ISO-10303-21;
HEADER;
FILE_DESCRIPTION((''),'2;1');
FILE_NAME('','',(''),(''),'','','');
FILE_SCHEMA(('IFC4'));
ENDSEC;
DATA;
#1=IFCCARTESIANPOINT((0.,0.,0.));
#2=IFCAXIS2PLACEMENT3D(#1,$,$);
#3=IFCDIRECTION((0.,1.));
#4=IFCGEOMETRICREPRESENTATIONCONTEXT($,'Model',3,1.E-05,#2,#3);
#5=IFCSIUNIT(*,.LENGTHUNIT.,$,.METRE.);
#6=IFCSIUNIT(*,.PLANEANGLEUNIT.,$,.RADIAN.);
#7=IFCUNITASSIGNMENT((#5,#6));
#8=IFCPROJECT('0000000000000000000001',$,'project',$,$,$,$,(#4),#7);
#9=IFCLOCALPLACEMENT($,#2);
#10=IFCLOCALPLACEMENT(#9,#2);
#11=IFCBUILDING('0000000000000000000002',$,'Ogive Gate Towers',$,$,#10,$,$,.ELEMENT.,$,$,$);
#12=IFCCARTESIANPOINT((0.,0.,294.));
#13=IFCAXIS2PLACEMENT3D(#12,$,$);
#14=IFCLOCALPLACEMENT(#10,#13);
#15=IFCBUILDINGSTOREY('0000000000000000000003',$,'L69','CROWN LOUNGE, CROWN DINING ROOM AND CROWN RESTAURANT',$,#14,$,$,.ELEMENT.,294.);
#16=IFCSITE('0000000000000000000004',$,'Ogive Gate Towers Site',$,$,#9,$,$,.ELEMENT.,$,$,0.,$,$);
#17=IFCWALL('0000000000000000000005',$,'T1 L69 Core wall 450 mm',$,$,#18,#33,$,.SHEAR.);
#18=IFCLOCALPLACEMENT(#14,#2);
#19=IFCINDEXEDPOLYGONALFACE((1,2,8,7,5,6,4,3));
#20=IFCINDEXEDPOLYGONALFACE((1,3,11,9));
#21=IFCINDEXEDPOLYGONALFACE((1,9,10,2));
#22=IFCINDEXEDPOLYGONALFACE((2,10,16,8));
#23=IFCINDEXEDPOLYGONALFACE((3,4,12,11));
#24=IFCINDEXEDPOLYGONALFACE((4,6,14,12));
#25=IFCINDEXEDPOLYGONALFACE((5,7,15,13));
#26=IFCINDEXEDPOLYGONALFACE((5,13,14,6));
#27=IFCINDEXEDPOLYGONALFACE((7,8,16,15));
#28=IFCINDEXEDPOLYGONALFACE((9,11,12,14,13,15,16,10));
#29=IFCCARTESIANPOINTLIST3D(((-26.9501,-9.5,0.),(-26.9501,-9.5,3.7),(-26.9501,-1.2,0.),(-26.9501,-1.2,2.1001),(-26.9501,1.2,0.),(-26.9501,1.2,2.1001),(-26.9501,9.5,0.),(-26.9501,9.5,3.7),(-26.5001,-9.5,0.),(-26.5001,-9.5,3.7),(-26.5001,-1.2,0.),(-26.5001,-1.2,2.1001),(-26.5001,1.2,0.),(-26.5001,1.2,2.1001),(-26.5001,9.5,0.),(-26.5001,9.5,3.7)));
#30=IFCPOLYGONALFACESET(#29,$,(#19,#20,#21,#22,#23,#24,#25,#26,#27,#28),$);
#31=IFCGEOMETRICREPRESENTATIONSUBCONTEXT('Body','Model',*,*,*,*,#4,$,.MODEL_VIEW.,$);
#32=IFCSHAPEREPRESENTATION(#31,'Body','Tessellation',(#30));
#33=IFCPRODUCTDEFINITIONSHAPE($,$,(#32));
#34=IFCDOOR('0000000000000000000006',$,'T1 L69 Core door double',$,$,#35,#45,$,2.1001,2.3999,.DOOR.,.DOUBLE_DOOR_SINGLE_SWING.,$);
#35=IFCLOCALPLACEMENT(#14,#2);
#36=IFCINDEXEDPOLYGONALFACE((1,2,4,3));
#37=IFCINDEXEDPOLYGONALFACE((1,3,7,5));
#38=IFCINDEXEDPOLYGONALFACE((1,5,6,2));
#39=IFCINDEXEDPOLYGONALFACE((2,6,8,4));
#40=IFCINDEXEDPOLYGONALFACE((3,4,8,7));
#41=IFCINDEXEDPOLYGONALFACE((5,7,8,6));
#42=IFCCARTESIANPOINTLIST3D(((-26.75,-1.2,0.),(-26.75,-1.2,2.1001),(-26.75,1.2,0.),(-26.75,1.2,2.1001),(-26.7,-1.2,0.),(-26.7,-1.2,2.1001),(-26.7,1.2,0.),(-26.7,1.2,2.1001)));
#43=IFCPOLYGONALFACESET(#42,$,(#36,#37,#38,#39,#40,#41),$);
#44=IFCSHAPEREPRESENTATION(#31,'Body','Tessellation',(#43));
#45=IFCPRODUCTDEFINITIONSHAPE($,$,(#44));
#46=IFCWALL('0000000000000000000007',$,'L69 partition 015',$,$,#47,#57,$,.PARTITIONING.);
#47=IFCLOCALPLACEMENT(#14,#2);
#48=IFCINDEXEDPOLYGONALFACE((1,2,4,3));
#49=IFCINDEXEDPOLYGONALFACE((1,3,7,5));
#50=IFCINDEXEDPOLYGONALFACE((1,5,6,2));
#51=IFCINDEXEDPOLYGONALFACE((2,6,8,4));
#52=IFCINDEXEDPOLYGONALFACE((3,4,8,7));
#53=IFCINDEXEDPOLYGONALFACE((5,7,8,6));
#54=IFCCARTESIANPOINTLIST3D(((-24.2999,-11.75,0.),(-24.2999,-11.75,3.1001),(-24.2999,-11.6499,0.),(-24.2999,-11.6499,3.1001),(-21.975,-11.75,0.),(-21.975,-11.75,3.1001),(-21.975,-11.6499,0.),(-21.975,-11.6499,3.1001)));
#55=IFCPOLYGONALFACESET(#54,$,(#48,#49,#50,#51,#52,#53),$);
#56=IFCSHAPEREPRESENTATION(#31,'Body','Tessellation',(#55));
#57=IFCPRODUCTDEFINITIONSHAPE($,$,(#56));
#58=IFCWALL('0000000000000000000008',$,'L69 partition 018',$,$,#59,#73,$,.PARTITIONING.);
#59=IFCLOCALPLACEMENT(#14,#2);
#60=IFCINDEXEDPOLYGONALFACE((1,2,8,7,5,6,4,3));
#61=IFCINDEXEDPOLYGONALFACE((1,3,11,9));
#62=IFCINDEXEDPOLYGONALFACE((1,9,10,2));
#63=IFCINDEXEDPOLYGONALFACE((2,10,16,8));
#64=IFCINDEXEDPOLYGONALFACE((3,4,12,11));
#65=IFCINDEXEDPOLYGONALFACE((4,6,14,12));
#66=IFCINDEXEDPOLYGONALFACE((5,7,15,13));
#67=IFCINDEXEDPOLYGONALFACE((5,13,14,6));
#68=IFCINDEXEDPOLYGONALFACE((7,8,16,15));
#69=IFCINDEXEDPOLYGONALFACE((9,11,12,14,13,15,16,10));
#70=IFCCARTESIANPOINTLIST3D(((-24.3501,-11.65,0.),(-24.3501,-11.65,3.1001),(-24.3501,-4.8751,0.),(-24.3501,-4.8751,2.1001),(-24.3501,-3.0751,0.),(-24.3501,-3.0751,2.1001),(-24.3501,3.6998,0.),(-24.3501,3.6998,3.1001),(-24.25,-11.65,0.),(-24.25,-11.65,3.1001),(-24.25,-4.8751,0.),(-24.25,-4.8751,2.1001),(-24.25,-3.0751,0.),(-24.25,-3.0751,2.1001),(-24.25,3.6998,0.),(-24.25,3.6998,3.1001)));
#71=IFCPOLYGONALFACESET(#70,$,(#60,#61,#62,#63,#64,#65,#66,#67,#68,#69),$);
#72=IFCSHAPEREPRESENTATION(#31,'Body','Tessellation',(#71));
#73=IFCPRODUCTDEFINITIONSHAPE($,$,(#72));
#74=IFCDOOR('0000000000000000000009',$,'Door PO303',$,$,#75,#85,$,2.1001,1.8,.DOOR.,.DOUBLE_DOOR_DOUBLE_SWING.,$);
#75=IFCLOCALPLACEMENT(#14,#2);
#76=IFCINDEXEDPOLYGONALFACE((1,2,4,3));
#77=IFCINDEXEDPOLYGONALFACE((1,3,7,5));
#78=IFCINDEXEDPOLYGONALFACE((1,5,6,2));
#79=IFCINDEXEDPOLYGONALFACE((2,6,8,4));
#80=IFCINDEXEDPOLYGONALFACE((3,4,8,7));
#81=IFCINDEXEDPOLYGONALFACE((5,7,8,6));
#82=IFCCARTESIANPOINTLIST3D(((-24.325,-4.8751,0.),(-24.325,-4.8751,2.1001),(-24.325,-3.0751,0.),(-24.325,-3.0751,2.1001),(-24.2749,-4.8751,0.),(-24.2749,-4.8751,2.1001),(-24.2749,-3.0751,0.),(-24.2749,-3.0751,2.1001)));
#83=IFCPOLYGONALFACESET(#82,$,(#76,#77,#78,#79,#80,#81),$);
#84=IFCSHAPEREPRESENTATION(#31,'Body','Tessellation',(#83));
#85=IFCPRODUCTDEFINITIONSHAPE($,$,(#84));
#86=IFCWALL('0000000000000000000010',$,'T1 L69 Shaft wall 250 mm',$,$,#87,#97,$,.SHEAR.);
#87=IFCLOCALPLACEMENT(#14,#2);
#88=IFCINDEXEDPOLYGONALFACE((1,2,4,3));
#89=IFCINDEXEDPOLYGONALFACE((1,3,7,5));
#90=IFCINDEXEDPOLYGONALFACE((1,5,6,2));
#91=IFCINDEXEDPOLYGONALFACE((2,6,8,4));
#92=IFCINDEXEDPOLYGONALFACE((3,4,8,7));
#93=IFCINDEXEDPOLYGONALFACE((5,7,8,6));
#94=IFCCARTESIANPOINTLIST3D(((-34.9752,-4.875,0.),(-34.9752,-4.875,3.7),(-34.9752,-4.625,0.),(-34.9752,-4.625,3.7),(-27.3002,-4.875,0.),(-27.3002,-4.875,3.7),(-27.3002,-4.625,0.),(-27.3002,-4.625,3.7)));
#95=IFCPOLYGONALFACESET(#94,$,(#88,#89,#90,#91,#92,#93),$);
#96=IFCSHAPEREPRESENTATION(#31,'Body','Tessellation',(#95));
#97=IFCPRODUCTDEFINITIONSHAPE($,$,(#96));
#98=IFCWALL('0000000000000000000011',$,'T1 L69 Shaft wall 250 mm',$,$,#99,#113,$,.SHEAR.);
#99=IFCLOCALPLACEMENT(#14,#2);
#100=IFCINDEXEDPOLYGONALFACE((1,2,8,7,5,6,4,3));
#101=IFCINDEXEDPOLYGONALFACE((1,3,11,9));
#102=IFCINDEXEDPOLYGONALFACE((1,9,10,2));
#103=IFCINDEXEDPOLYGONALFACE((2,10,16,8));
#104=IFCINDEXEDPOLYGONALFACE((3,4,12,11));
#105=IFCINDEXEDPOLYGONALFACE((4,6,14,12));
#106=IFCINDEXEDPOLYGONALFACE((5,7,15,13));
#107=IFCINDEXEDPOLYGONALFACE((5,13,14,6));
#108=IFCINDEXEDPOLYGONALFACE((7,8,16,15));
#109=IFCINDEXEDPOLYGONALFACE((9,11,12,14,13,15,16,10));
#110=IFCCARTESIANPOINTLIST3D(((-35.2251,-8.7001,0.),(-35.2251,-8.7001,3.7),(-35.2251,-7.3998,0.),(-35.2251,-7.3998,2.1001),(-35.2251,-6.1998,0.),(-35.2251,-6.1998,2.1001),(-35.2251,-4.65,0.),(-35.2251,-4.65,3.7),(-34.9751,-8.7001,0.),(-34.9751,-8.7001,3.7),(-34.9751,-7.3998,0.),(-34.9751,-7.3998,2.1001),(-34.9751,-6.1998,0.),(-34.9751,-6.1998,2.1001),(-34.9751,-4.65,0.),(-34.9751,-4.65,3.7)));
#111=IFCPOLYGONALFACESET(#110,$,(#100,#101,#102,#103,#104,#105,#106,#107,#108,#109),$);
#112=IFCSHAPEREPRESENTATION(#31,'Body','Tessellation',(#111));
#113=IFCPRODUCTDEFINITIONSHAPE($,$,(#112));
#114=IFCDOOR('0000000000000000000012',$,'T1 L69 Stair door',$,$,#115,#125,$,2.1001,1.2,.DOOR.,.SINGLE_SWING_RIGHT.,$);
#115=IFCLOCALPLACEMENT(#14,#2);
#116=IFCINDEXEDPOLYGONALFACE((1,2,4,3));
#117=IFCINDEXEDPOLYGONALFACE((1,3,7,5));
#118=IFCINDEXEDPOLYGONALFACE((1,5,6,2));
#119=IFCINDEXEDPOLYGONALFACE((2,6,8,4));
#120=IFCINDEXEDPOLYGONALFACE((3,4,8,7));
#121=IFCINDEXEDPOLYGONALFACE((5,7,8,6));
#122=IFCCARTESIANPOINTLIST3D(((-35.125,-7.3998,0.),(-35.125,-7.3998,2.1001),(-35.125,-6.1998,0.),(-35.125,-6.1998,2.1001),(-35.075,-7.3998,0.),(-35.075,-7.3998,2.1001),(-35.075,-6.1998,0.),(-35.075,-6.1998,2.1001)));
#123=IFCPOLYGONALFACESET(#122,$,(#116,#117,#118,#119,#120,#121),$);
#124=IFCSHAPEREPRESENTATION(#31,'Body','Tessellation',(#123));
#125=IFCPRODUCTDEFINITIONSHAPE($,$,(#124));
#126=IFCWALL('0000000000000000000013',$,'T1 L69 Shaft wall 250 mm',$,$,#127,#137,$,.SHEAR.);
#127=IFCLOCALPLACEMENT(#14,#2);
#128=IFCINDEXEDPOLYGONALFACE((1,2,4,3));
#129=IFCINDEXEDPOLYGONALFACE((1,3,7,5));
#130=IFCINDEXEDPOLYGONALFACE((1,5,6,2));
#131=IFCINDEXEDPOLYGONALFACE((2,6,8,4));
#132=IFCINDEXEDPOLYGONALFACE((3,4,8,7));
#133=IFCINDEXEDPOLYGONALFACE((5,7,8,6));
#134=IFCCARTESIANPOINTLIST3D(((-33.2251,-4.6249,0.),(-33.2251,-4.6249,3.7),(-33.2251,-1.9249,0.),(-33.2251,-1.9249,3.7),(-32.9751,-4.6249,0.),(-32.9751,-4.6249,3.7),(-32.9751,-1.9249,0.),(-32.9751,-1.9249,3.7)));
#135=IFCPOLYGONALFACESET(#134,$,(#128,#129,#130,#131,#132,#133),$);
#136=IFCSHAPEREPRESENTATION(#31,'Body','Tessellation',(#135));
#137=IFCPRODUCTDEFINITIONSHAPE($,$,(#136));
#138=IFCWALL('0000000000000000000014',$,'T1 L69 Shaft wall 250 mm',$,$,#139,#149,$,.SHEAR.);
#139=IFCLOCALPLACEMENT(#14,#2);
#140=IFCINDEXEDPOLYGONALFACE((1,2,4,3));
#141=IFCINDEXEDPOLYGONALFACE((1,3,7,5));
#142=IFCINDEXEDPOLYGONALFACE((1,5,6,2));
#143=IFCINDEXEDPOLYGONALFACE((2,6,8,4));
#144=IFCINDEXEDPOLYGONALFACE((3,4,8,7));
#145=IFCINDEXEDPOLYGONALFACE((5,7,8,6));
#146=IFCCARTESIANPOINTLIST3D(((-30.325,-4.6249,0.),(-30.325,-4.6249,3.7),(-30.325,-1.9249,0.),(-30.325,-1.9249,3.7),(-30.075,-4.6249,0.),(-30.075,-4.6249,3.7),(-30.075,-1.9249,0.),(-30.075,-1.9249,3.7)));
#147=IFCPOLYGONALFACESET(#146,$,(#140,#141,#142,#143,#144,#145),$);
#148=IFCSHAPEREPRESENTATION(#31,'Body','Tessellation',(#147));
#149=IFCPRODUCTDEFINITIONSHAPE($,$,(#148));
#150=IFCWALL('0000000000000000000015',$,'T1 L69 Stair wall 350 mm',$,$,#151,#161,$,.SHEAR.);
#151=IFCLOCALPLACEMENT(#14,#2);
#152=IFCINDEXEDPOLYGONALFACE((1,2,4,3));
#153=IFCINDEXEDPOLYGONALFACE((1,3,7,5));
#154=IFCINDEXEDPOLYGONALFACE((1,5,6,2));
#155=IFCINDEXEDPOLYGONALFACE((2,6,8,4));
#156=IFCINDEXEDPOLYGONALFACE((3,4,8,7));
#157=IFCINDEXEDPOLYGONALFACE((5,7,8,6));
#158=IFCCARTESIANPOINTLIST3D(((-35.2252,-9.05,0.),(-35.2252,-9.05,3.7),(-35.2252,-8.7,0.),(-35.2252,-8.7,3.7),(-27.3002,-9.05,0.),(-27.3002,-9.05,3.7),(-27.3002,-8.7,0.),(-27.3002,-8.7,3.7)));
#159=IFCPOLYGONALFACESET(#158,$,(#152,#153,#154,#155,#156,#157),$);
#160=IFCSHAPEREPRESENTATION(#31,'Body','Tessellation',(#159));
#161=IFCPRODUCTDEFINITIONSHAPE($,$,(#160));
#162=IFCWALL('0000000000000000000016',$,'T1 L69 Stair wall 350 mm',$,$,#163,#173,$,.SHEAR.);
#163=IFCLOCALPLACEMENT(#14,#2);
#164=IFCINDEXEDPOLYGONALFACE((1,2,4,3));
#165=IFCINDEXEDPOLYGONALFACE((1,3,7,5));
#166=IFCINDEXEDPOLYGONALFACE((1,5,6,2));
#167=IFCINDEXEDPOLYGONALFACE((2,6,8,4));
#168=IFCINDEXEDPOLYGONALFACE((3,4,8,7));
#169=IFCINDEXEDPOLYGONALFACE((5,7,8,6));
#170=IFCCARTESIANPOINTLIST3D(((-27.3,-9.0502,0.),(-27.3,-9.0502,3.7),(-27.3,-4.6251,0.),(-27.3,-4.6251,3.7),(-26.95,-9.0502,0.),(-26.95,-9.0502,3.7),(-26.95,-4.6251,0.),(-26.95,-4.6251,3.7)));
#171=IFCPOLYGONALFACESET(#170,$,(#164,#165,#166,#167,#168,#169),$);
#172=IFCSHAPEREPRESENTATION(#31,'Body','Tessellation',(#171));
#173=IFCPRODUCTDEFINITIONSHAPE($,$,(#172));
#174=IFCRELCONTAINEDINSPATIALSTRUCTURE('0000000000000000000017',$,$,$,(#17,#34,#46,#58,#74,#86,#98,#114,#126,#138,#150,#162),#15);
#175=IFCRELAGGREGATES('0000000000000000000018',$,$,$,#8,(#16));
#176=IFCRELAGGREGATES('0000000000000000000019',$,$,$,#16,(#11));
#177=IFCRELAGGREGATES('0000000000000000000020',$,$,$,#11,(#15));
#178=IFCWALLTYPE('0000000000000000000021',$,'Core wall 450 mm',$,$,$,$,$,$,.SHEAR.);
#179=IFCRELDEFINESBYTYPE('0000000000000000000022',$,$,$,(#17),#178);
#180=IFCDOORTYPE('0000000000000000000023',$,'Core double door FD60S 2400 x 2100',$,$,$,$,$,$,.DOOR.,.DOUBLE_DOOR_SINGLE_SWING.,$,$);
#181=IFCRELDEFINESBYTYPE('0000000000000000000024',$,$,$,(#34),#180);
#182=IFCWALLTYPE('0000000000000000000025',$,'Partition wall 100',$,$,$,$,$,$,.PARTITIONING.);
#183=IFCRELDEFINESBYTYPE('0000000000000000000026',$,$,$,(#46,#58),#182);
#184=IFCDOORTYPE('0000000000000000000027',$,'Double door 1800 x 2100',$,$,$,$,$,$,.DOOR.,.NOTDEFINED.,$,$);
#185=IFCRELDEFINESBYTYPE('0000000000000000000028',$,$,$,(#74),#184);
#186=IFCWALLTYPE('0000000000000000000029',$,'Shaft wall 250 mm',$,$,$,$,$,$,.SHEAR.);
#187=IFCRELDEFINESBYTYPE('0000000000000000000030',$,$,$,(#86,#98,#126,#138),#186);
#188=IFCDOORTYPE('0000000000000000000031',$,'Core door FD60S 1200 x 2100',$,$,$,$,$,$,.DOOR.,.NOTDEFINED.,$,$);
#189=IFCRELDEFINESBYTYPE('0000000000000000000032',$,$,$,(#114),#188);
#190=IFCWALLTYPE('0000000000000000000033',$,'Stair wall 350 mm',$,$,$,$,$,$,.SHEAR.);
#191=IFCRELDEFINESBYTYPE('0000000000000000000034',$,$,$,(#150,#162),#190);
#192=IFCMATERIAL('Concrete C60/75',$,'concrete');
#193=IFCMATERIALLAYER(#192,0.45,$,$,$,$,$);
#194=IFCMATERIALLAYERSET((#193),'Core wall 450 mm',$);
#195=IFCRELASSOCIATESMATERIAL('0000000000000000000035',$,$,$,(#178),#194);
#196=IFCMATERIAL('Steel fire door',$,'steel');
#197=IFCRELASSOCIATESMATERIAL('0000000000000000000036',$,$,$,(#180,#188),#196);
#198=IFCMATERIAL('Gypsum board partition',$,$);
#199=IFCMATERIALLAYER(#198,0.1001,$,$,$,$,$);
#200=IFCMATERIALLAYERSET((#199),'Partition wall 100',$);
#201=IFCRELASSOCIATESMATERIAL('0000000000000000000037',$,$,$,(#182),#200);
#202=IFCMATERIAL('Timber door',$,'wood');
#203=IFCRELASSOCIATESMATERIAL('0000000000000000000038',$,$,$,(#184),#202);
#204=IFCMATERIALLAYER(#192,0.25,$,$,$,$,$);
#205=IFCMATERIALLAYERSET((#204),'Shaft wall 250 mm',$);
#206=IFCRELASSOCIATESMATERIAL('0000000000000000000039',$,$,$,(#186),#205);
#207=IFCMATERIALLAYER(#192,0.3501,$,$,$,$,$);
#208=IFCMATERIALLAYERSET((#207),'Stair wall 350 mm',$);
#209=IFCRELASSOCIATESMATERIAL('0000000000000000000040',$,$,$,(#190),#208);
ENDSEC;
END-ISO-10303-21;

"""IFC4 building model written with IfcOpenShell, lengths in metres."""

from ifc_helpers import new_model, si_unit, direction, frame, frame_2d, origin, place, context, subcontext, project, spatial, rectangle, extrude, material, layer, layer_set, type_object, element, fill, save


model = new_model("IFC4")

# Units and contexts
model_context = context("Model", 3, precision=1e-05, world=origin(), true_north=direction((0.0, 1.0)))
body_context = subcontext(model_context, "Body", "Model", "MODEL_VIEW")
ifc_project = project(units=[si_unit("LENGTHUNIT", "METRE"), si_unit("PLANEANGLEUNIT", "RADIAN")], contexts=[model_context])

# Site, building, storey
site_placement = place(None, origin())
site = spatial("IfcSite", under=ifc_project, at=site_placement, Name="Ogive Gate Towers Site", CompositionType="ELEMENT", RefElevation=0.0)
building_placement = place(site_placement, origin())
building = spatial("IfcBuilding", under=site, at=building_placement, Name="Ogive Gate Towers", CompositionType="ELEMENT")
storey_placement = place(building_placement, frame((0.0, 0.0, 294.0)))
storey = spatial("IfcBuildingStorey", under=building, at=storey_placement, Name="L69", Description="CROWN LOUNGE, CROWN DINING ROOM AND CROWN RESTAURANT", CompositionType="ELEMENT", Elevation=294.0)

# Wall, opening, door
ifc_material_1 = material(Name="Concrete C60/75", Category="concrete")
ifc_layer_1 = layer(ifc_material_1, 0.45)
ifc_layer_set_1 = layer_set([ifc_layer_1], Name="Core wall 450 mm")
wall_type_1 = type_object("IfcWallType", Name="Core wall 450 mm", PredefinedType="SHEAR", material=ifc_layer_set_1)
wall_1_placement = place(storey_placement, frame((-26.7251, -9.5, 0.0), z_axis=(0.0, 0.0, 1.0), x_axis=(0.0, 1.0, 0.0)))
wall_1 = element("IfcWall", 1, at=wall_1_placement, inside=storey, type_object=wall_type_1, Name="T1 L69 Core wall 450 mm", PredefinedType="SHEAR", context=body_context, shape_type="SweptSolid", body=[
    extrude(rectangle(XDim=19.0, YDim=0.45, at=frame_2d((9.5, 0.0))), origin(), (0.0, 0.0, 1.0), 3.7),
])
opening_1_placement = place(wall_1_placement, frame((8.3, 0.0, 0.0)))
opening_1 = element("IfcOpeningElement", 2, at=opening_1_placement, cuts=wall_1, PredefinedType="OPENING", context=body_context, shape_type="SweptSolid", body=[
    extrude(rectangle(XDim=2.3999, YDim=2.1001, at=frame_2d((1.2, 1.05))), frame((0.0, 0.2349, 0.0), z_axis=(0.0, -1.0, 0.0), x_axis=(1.0, 0.0, 0.0)), (0.0, 0.0, 1.0), 0.47),
])
ifc_material_2 = material(Name="Steel fire door", Category="steel")
door_type_1 = type_object("IfcDoorType", Name="Core double door FD60S 2400 x 2100", OperationType="DOUBLE_DOOR_SINGLE_SWING", PredefinedType="DOOR", material=ifc_material_2)
door_1_placement = place(opening_1_placement, origin())
door_1 = element("IfcDoor", 3, at=door_1_placement, inside=storey, type_object=door_type_1, Name="T1 L69 Core door double", OperationType="DOUBLE_DOOR_SINGLE_SWING", OverallHeight=2.1001, OverallWidth=2.3999, PredefinedType="DOOR", context=body_context, shape_type="SweptSolid", body=[
    extrude(rectangle(XDim=2.3999, YDim=2.1001, at=frame_2d((1.2, 1.05))), frame((0.0, 0.0249, 0.0), z_axis=(0.0, -1.0, 0.0), x_axis=(1.0, 0.0, 0.0)), (0.0, 0.0, 1.0), 0.05),
])
fill(opening_1, door_1)

# Wall
ifc_material_3 = material(Name="Gypsum board partition")
ifc_layer_2 = layer(ifc_material_3, 0.1001)
ifc_layer_set_2 = layer_set([ifc_layer_2], Name="Partition wall 100")
wall_type_2 = type_object("IfcWallType", Name="Partition wall 100", PredefinedType="PARTITIONING", material=ifc_layer_set_2)
wall_2_placement = place(storey_placement, frame((-24.3, -11.7, 0.0), z_axis=(0.0, 0.0, 1.0), x_axis=(1.0, 0.0, 0.0)))
element("IfcWall", 4, at=wall_2_placement, inside=storey, type_object=wall_type_2, Name="L69 partition 015", PredefinedType="PARTITIONING", context=body_context, shape_type="SweptSolid", body=[
    extrude(rectangle(XDim=2.325, YDim=0.1001, at=frame_2d((1.1626, 0.0))), origin(), (0.0, 0.0, 1.0), 3.1001),
])

# Wall, opening, door
wall_3_placement = place(storey_placement, frame((-24.3, -11.6499, 0.0), z_axis=(0.0, 0.0, 1.0), x_axis=(0.0, 1.0, 0.0)))
wall_3 = element("IfcWall", 5, at=wall_3_placement, inside=storey, type_object=wall_type_2, Name="L69 partition 018", PredefinedType="PARTITIONING", context=body_context, shape_type="SweptSolid", body=[
    extrude(rectangle(XDim=15.3499, YDim=0.1001, at=frame_2d((7.6748, 0.0))), origin(), (0.0, 0.0, 1.0), 3.1001),
])
opening_2_placement = place(wall_3_placement, frame((6.7749, 0.0, 0.0)))
opening_2 = element("IfcOpeningElement", 6, at=opening_2_placement, cuts=wall_3, PredefinedType="OPENING", context=body_context, shape_type="SweptSolid", body=[
    extrude(rectangle(XDim=1.8, YDim=2.1001, at=frame_2d((0.8999, 1.05))), frame((0.0, 0.0601, 0.0), z_axis=(0.0, -1.0, 0.0), x_axis=(1.0, 0.0, 0.0)), (0.0, 0.0, 1.0), 0.1201),
])
ifc_material_4 = material(Name="Timber door", Category="wood")
door_type_2 = type_object("IfcDoorType", Name="Double door 1800 x 2100", OperationType="NOTDEFINED", PredefinedType="DOOR", material=ifc_material_4)
door_2_placement = place(opening_2_placement, origin())
door_2 = element("IfcDoor", 7, at=door_2_placement, inside=storey, type_object=door_type_2, Name="Door PO303", OperationType="DOUBLE_DOOR_DOUBLE_SWING", OverallHeight=2.1001, OverallWidth=1.8, PredefinedType="DOOR", context=body_context, shape_type="SweptSolid", body=[
    extrude(rectangle(XDim=1.8, YDim=2.1001, at=frame_2d((0.8999, 1.05))), frame((0.0, 0.0249, 0.0), z_axis=(0.0, -1.0, 0.0), x_axis=(1.0, 0.0, 0.0)), (0.0, 0.0, 1.0), 0.05),
])
fill(opening_2, door_2)

# Wall
ifc_layer_3 = layer(ifc_material_1, 0.25)
ifc_layer_set_3 = layer_set([ifc_layer_3], Name="Shaft wall 250 mm")
wall_type_3 = type_object("IfcWallType", Name="Shaft wall 250 mm", PredefinedType="SHEAR", material=ifc_layer_set_3)
wall_4_placement = place(storey_placement, frame((-34.9751, -4.75, 0.0), z_axis=(0.0, 0.0, 1.0), x_axis=(1.0, 0.0, 0.0)))
element("IfcWall", 8, at=wall_4_placement, inside=storey, type_object=wall_type_3, Name="T1 L69 Shaft wall 250 mm", PredefinedType="SHEAR", context=body_context, shape_type="SweptSolid", body=[
    extrude(rectangle(XDim=7.675, YDim=0.25, at=frame_2d((3.8374, 0.0))), origin(), (0.0, 0.0, 1.0), 3.7),
])

# Wall, opening, door
wall_5_placement = place(storey_placement, frame((-35.1001, -8.7, 0.0), z_axis=(0.0, 0.0, 1.0), x_axis=(0.0, 1.0, 0.0)))
wall_5 = element("IfcWall", 9, at=wall_5_placement, inside=storey, type_object=wall_type_3, Name="T1 L69 Shaft wall 250 mm", PredefinedType="SHEAR", context=body_context, shape_type="SweptSolid", body=[
    extrude(rectangle(XDim=4.05, YDim=0.25, at=frame_2d((2.0249, 0.0))), origin(), (0.0, 0.0, 1.0), 3.7),
])
opening_3_placement = place(wall_5_placement, frame((1.3, 0.0, 0.0)))
opening_3 = element("IfcOpeningElement", 10, at=opening_3_placement, cuts=wall_5, PredefinedType="OPENING", context=body_context, shape_type="SweptSolid", body=[
    extrude(rectangle(XDim=1.2, YDim=2.1001, at=frame_2d((0.6001, 1.05))), frame((0.0, 0.135, 0.0), z_axis=(0.0, -1.0, 0.0), x_axis=(1.0, 0.0, 0.0)), (0.0, 0.0, 1.0), 0.27),
])
door_type_3 = type_object("IfcDoorType", Name="Core door FD60S 1200 x 2100", OperationType="NOTDEFINED", PredefinedType="DOOR", material=ifc_material_2)
door_3_placement = place(opening_3_placement, origin())
door_3 = element("IfcDoor", 11, at=door_3_placement, inside=storey, type_object=door_type_3, Name="T1 L69 Stair door", OperationType="SINGLE_SWING_RIGHT", OverallHeight=2.1001, OverallWidth=1.2, PredefinedType="DOOR", context=body_context, shape_type="SweptSolid", body=[
    extrude(rectangle(XDim=1.2, YDim=2.1001, at=frame_2d((0.6001, 1.05))), frame((0.0, 0.0249, 0.0), z_axis=(0.0, -1.0, 0.0), x_axis=(1.0, 0.0, 0.0)), (0.0, 0.0, 1.0), 0.05),
])
fill(opening_3, door_3)

# Walls
for number, where, z_axis, x_axis, name in (
    (12, (-33.1001, -4.625, 0.0), (0.0, 0.0, 1.0), (0.0, 1.0, 0.0), "T1 L69 Shaft wall 250 mm"),
    (13, (-30.2, -4.625, 0.0), (0.0, 0.0, 1.0), (0.0, 1.0, 0.0), "T1 L69 Shaft wall 250 mm"),
):
    element("IfcWall", number, at=place(storey_placement, frame(where, z_axis=z_axis, x_axis=x_axis)), inside=storey, type_object=wall_type_3, Name=name, PredefinedType="SHEAR", context=body_context, shape_type="SweptSolid", body=[
        extrude(rectangle(XDim=2.7, YDim=0.25, at=frame_2d((1.3501, 0.0))), origin(), (0.0, 0.0, 1.0), 3.7),
    ])
ifc_layer_4 = layer(ifc_material_1, 0.3501)
ifc_layer_set_4 = layer_set([ifc_layer_4], Name="Stair wall 350 mm")
wall_type_4 = type_object("IfcWallType", Name="Stair wall 350 mm", PredefinedType="SHEAR", material=ifc_layer_set_4)
wall_6_placement = place(storey_placement, frame((-35.2251, -8.875, 0.0), z_axis=(0.0, 0.0, 1.0), x_axis=(1.0, 0.0, 0.0)))
element("IfcWall", 14, at=wall_6_placement, inside=storey, type_object=wall_type_4, Name="T1 L69 Stair wall 350 mm", PredefinedType="SHEAR", context=body_context, shape_type="SweptSolid", body=[
    extrude(rectangle(XDim=7.925, YDim=0.3501, at=frame_2d((3.9624, 0.0))), origin(), (0.0, 0.0, 1.0), 3.7),
])
wall_7_placement = place(storey_placement, frame((-27.125, -9.05, 0.0), z_axis=(0.0, 0.0, 1.0), x_axis=(0.0, 1.0, 0.0)))
element("IfcWall", 15, at=wall_7_placement, inside=storey, type_object=wall_type_4, Name="T1 L69 Stair wall 350 mm", PredefinedType="SHEAR", context=body_context, shape_type="SweptSolid", body=[
    extrude(rectangle(XDim=4.425, YDim=0.3501, at=frame_2d((2.2124, 0.0))), origin(), (0.0, 0.0, 1.0), 3.7),
])

save(model, "model.ifc")
